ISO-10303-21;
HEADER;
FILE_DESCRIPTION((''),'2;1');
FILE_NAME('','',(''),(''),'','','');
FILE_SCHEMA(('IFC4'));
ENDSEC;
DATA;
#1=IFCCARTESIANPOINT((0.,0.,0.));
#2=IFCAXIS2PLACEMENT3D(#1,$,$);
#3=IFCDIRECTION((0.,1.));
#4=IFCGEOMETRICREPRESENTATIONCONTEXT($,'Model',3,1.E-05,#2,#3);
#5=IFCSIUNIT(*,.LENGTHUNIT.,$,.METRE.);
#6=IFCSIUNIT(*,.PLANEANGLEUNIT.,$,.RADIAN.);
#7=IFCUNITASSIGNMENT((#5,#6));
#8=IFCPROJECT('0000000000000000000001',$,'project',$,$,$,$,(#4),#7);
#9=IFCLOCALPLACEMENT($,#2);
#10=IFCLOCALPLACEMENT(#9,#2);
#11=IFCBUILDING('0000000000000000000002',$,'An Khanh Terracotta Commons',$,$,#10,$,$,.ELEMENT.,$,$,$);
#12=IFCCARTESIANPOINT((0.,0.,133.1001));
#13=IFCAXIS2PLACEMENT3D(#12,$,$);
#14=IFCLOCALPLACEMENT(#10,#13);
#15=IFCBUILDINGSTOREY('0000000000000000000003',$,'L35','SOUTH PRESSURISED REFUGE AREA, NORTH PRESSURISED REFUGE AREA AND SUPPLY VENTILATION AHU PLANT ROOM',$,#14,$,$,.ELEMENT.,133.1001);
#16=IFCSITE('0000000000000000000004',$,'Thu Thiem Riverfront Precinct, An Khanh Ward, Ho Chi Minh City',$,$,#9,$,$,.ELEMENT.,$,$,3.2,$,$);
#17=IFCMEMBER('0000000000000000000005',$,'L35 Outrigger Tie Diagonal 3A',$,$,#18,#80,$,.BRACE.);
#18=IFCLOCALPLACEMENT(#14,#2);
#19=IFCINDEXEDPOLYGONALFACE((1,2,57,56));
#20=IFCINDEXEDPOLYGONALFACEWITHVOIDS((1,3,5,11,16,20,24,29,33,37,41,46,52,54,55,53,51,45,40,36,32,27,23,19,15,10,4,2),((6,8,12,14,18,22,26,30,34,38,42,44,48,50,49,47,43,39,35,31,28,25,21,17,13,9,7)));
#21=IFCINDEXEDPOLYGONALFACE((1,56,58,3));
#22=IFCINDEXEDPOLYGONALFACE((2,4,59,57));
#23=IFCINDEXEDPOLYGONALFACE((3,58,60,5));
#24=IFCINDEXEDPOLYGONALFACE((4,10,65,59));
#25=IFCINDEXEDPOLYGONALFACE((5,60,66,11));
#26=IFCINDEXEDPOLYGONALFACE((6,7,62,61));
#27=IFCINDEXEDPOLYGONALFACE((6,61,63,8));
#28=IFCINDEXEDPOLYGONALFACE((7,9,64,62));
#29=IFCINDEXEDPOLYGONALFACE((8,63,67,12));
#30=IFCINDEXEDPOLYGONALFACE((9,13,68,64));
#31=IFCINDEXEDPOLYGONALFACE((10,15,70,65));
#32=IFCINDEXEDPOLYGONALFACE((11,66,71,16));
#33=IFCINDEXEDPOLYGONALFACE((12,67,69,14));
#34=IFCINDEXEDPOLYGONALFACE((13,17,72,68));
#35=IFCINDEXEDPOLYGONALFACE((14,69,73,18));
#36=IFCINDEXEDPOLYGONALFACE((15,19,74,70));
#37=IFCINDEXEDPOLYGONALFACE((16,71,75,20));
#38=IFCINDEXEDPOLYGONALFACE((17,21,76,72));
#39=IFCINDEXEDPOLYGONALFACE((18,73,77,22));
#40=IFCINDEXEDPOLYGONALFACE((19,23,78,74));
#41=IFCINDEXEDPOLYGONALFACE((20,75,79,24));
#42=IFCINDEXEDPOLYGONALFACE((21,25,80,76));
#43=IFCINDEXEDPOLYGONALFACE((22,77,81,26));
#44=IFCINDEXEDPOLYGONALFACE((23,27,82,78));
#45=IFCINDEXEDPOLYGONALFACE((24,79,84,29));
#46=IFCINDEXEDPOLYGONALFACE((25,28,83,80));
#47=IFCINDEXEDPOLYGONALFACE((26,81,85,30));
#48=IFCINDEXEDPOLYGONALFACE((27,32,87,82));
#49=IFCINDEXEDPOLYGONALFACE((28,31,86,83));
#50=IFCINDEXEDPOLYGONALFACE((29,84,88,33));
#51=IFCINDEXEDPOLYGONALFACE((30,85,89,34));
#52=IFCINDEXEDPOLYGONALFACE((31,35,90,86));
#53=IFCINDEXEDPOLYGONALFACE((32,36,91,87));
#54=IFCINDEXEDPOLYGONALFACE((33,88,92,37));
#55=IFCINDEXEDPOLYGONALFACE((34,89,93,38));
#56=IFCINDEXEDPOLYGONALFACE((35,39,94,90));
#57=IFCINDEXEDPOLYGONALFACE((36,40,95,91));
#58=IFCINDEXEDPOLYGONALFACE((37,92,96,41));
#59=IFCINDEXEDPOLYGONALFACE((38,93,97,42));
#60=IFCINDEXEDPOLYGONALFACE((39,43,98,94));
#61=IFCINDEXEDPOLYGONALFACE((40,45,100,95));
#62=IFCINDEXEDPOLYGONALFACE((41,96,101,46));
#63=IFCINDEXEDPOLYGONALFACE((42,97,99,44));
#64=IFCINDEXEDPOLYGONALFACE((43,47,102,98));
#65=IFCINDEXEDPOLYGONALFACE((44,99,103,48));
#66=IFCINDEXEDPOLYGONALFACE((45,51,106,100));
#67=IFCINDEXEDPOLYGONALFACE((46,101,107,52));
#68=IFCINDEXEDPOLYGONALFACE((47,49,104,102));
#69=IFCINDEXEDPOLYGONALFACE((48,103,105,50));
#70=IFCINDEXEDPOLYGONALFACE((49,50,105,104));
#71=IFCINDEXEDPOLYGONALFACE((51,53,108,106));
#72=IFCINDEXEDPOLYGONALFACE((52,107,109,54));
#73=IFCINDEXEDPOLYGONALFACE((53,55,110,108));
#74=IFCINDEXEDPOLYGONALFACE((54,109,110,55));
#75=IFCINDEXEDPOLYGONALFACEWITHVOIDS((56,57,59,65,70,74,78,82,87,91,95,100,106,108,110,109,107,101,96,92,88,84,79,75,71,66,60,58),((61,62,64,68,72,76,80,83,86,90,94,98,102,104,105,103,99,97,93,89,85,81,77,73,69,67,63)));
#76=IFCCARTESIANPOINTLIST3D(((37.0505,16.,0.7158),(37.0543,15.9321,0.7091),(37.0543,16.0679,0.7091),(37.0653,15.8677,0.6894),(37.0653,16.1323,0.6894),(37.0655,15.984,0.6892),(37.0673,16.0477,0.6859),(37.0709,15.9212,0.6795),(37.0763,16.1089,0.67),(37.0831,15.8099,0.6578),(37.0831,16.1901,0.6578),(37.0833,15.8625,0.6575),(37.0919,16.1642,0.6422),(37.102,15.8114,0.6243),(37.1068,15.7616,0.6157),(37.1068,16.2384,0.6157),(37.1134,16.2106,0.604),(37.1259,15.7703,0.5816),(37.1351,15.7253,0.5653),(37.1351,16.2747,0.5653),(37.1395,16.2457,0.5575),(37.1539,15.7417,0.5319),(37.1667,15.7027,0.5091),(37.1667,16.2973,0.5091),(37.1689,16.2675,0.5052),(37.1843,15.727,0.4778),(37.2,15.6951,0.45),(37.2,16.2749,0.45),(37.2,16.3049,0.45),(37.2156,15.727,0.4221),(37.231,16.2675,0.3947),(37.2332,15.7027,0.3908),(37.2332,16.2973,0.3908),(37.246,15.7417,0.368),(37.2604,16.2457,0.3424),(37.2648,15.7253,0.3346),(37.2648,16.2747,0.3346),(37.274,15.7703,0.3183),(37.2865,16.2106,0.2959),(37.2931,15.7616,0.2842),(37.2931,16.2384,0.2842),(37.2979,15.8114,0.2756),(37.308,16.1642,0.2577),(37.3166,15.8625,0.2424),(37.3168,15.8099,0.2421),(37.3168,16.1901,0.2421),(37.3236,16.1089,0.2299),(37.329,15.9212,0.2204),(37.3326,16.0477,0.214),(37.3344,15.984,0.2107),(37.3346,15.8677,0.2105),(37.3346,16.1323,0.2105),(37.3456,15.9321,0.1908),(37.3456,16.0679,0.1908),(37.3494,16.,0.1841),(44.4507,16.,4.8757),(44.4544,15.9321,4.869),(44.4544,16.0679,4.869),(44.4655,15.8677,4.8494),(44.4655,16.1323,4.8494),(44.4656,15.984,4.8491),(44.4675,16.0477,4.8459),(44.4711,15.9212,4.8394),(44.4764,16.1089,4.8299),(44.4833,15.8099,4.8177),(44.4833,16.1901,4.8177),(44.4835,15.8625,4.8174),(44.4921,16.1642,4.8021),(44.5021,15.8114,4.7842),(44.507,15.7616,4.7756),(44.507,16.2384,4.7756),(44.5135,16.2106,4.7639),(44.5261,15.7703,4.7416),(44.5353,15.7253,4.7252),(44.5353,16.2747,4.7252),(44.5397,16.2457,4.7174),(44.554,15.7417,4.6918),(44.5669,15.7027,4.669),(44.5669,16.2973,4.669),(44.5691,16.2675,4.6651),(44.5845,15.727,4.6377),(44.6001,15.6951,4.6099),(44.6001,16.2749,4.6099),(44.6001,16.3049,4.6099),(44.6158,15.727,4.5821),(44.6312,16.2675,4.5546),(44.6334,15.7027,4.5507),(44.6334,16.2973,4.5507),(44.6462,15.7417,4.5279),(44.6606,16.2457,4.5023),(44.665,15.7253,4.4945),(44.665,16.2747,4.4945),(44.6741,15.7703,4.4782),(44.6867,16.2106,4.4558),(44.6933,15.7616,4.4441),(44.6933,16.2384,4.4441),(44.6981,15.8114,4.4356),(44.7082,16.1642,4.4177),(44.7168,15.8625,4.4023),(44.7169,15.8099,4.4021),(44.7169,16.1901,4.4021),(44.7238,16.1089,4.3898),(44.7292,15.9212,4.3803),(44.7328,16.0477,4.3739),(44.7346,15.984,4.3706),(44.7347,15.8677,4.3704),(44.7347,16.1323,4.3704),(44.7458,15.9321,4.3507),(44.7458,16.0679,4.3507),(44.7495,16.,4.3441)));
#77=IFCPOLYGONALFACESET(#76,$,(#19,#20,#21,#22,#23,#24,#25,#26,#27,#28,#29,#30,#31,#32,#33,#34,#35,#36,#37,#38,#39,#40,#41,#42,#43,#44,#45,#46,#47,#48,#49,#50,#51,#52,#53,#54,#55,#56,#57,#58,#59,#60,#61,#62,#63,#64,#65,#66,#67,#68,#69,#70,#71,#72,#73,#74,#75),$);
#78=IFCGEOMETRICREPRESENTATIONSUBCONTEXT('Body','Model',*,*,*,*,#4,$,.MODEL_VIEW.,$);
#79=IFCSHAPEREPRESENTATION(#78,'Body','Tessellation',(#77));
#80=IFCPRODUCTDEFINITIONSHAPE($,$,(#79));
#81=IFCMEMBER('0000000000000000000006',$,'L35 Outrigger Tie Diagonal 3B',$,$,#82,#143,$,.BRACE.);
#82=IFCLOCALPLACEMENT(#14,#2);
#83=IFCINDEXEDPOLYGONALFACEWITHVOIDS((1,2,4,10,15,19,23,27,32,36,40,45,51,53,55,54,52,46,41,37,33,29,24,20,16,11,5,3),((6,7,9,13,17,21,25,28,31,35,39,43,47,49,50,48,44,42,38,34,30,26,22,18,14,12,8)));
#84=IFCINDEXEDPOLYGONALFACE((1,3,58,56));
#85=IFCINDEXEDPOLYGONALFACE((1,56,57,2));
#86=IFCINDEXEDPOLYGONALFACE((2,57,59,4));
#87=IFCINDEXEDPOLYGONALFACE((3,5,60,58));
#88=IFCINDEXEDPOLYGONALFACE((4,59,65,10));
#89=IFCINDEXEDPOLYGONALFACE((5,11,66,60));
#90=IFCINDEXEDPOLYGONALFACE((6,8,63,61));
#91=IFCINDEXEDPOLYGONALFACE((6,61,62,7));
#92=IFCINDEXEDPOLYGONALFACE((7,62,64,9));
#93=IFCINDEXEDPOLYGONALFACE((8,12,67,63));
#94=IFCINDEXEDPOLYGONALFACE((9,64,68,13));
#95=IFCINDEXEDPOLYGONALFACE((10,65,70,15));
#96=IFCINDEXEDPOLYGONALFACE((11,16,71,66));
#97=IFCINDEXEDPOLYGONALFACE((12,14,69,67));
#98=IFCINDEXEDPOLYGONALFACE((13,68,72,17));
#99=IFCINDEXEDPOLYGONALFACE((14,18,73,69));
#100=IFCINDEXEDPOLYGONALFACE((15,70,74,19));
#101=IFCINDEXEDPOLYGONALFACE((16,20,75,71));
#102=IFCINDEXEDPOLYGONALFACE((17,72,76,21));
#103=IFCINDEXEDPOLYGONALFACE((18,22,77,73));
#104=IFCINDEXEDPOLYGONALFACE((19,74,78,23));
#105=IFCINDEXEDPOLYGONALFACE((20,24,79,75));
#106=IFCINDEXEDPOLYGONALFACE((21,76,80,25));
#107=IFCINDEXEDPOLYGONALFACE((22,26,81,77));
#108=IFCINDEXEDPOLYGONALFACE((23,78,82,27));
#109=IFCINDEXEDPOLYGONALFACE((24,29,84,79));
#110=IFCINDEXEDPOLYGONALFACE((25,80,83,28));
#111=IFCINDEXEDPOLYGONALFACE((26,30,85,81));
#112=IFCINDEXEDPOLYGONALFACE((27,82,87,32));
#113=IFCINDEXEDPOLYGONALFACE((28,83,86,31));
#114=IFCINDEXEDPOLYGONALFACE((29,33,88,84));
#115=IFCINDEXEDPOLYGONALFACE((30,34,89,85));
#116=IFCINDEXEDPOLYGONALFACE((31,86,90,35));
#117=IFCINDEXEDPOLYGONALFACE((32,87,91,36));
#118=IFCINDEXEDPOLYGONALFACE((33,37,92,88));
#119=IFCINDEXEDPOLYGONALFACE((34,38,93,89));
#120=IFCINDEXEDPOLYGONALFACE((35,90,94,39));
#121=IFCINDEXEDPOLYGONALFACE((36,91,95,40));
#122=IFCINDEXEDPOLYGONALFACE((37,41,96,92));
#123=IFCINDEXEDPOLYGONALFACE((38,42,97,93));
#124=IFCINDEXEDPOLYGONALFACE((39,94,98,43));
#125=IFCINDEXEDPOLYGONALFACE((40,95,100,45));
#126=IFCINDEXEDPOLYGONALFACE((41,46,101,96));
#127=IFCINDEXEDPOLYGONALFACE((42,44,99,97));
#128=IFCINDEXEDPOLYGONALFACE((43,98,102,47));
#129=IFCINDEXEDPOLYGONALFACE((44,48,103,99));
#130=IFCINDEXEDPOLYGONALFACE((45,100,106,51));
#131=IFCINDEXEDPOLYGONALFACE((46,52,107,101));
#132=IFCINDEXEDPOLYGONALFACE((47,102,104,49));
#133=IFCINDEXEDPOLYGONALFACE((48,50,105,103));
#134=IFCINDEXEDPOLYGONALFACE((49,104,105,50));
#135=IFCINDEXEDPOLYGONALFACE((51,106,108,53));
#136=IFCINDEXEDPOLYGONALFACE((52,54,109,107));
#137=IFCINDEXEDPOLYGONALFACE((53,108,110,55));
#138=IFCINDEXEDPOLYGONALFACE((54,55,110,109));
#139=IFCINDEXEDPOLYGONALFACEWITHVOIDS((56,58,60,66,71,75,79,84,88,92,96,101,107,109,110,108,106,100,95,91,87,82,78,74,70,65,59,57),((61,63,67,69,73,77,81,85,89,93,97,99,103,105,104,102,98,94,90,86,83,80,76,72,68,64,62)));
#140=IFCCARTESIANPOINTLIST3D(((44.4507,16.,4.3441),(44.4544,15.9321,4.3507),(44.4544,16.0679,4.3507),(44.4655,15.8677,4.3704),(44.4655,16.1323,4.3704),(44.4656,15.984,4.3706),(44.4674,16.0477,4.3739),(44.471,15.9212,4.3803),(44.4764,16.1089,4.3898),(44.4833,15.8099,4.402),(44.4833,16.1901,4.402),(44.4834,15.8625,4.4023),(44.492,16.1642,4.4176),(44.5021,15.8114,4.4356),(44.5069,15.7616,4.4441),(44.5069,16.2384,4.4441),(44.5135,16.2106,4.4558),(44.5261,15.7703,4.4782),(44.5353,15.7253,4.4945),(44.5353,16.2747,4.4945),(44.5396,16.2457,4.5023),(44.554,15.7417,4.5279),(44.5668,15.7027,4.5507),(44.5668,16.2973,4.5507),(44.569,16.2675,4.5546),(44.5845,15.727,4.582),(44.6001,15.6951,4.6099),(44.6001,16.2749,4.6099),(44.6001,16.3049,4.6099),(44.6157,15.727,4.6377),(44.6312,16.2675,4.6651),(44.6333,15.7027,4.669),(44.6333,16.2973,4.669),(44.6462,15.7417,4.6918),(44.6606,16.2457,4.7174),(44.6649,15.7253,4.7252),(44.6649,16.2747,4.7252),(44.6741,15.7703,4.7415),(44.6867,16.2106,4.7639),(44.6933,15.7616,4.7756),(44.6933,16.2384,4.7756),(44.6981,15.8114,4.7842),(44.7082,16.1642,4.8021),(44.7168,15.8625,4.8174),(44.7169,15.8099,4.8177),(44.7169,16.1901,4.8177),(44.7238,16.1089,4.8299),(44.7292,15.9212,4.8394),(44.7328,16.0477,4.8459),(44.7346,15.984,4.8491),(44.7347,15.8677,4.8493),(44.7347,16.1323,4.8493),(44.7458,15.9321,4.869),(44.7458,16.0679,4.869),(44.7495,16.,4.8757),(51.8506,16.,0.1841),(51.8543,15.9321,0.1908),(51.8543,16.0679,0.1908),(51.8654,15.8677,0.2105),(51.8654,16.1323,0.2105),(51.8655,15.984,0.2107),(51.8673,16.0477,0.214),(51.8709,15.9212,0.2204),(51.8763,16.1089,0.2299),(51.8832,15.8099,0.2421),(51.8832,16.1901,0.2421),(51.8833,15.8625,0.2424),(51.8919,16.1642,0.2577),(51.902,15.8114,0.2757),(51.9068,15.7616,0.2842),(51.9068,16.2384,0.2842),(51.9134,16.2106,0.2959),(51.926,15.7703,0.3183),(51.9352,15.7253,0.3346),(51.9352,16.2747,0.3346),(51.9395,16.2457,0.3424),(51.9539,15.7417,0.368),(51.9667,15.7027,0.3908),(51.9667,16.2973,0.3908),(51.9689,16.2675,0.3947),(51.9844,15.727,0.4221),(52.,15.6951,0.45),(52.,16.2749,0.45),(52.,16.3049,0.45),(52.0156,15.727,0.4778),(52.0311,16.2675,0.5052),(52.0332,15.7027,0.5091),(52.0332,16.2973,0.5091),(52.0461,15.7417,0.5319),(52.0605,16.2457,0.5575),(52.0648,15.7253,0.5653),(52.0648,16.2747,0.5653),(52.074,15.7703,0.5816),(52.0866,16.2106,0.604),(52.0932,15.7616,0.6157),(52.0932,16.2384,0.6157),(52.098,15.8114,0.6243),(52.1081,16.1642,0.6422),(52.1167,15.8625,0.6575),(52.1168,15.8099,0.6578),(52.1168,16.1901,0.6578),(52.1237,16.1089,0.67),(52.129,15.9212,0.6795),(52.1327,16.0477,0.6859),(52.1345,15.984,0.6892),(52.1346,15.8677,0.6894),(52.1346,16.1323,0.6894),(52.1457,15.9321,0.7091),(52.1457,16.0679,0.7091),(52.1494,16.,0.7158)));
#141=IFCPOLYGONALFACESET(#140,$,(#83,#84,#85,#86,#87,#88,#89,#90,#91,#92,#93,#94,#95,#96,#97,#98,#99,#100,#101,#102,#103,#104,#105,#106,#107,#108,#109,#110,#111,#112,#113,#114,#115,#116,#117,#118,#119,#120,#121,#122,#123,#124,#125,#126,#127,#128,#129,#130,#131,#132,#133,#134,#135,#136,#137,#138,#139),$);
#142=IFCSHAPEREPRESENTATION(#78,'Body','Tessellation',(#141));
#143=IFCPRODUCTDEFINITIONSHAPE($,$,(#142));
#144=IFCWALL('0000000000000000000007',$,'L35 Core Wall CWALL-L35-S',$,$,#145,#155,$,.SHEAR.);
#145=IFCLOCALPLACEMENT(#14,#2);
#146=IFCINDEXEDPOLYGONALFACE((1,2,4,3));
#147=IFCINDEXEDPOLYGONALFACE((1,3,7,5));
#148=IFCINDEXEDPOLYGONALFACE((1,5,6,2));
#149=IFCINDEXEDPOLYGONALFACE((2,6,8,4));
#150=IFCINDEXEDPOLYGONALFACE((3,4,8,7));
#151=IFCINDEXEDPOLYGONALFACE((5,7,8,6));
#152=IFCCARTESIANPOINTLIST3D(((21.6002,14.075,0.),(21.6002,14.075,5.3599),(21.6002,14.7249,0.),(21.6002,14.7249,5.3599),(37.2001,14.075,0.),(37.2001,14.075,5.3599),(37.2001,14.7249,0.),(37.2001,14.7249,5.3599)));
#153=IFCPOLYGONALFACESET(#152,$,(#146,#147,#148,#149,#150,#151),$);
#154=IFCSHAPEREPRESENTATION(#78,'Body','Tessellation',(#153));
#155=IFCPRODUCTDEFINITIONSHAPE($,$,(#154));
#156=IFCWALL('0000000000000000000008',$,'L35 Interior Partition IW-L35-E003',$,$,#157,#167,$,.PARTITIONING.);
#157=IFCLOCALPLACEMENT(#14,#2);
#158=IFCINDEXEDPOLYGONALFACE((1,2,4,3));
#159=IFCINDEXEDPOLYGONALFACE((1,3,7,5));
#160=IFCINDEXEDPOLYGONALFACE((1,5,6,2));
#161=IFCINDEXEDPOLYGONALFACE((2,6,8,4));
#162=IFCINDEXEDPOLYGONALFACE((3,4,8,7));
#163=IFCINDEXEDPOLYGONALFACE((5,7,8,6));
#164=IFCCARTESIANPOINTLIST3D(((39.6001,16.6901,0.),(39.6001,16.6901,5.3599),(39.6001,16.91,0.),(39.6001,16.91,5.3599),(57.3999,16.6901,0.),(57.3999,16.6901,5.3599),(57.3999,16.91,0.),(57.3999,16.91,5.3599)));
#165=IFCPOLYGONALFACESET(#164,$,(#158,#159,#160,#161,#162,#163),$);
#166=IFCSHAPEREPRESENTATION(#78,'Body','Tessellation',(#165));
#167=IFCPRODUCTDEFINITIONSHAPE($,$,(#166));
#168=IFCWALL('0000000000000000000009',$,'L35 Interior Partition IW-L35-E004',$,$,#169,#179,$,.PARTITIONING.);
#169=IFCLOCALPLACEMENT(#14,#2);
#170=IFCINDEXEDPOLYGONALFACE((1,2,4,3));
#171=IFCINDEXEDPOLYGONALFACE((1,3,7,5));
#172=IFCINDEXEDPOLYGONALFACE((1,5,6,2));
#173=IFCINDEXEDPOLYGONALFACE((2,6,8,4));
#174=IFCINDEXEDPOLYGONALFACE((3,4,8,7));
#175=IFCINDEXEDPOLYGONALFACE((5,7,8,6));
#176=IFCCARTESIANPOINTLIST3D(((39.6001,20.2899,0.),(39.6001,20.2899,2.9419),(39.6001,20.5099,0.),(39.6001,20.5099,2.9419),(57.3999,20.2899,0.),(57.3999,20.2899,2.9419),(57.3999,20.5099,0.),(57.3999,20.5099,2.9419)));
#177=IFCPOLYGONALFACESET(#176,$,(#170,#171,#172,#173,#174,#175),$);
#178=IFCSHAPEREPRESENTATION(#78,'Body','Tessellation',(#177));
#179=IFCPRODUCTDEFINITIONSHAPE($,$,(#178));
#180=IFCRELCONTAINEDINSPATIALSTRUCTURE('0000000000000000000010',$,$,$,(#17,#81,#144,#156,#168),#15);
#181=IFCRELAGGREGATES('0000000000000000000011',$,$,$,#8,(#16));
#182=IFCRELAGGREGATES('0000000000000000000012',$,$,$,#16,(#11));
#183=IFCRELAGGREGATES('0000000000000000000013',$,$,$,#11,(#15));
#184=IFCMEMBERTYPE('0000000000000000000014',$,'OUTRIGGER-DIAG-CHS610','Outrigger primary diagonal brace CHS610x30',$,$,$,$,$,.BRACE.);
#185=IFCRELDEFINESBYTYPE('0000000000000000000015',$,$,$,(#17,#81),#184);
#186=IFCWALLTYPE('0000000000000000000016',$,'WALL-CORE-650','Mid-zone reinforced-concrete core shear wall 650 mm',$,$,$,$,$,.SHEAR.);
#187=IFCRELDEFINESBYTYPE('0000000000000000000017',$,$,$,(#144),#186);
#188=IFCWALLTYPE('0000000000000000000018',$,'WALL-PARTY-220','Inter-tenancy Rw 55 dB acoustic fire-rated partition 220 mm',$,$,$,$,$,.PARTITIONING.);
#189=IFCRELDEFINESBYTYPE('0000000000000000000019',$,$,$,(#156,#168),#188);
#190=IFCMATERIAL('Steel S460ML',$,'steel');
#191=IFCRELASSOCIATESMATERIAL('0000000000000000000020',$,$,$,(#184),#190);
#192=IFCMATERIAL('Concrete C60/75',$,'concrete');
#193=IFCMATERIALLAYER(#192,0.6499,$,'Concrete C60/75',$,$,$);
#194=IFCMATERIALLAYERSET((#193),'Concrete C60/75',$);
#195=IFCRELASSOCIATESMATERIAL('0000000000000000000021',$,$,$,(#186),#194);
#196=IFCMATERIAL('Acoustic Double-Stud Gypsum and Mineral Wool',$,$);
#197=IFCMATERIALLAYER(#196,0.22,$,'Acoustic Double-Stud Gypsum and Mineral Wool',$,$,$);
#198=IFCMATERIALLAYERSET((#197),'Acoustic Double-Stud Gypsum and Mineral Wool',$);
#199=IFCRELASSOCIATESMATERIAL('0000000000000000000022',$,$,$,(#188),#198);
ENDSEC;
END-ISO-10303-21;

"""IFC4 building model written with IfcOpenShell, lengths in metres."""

from ifc_helpers import new_model, si_unit, direction, frame, frame_2d, origin, origin_2d, place, context, subcontext, project, spatial, rectangle, hollow_circle, extrude, material, layer, layer_set, material_profile, profile_set, type_object, element, save


model = new_model("IFC4")

# Units and contexts
model_context = context("Model", 3, precision=1e-05, world=origin(), true_north=direction((0.0, 1.0)))
body_context = subcontext(model_context, "Body", "Model", "MODEL_VIEW")
ifc_project = project(units=[si_unit("LENGTHUNIT", "METRE"), si_unit("PLANEANGLEUNIT", "RADIAN")], contexts=[model_context])

# Site, building, storey
site_placement = place(None, origin())
site = spatial("IfcSite", under=ifc_project, at=site_placement, Name="Thu Thiem Riverfront Precinct, An Khanh Ward, Ho Chi Minh City", CompositionType="ELEMENT", RefElevation=3.2)
building_placement = place(site_placement, origin())
building = spatial("IfcBuilding", under=site, at=building_placement, Name="An Khanh Terracotta Commons", CompositionType="ELEMENT")
storey_placement = place(building_placement, frame((0.0, 0.0, 133.1001)))
storey = spatial("IfcBuildingStorey", under=building, at=storey_placement, Name="L35", Description="SOUTH PRESSURISED REFUGE AREA, NORTH PRESSURISED REFUGE AREA AND SUPPLY VENTILATION AHU PLANT ROOM", CompositionType="ELEMENT", Elevation=133.1001)

# Shared definitions
ifc_material_1 = material(Name="Steel S460ML", Category="steel")

# Shared definitions
ifc_material_2 = material(Name="Concrete C60/75", Category="concrete")

# Members
ifc_material_profile_1 = material_profile(ifc_material_1, hollow_circle(Radius=0.3049, WallThickness=0.03, at=origin_2d()), Name="CHS610x30")
ifc_profile_set_1 = profile_set([ifc_material_profile_1], Name="Steel S460ML")
member_type_1 = type_object("IfcMemberType", Name="OUTRIGGER-DIAG-CHS610", Description="Outrigger primary diagonal brace CHS610x30", PredefinedType="BRACE", material=ifc_profile_set_1)
member_1_placement = place(storey_placement, frame((37.2, 16.0, 0.45), z_axis=(0.87171, 0.0, 0.490022), x_axis=(0.0, 1.0, 0.0)))
element("IfcMember", 1, at=member_1_placement, inside=storey, type_object=member_type_1, Name="L35 Outrigger Tie Diagonal 3A", PredefinedType="BRACE", context=body_context, shape_type="SweptSolid", body=[
    extrude(hollow_circle(Radius=0.3049, WallThickness=0.03, at=origin_2d()), origin(), (0.0, 0.0, 1.0), 8.4893),
])
member_2_placement = place(storey_placement, frame((44.6001, 16.0, 4.6099), z_axis=(0.871703, 0.0, -0.490035), x_axis=(0.0, 1.0, 0.0)))
element("IfcMember", 2, at=member_2_placement, inside=storey, type_object=member_type_1, Name="L35 Outrigger Tie Diagonal 3B", PredefinedType="BRACE", context=body_context, shape_type="SweptSolid", body=[
    extrude(hollow_circle(Radius=0.3049, WallThickness=0.03, at=origin_2d()), origin(), (0.0, 0.0, 1.0), 8.489),
])

# Wall
ifc_layer_1 = layer(ifc_material_2, 0.6499, Name="Concrete C60/75")
ifc_layer_set_1 = layer_set([ifc_layer_1], Name="Concrete C60/75")
wall_type_1 = type_object("IfcWallType", Name="WALL-CORE-650", Description="Mid-zone reinforced-concrete core shear wall 650 mm", PredefinedType="SHEAR", material=ifc_layer_set_1)
wall_1_placement = place(storey_placement, frame((37.2, 14.3999, 0.0), z_axis=(0.0, 0.0, 1.0), x_axis=(-1.0, 0.0, 0.0)))
element("IfcWall", 3, at=wall_1_placement, inside=storey, type_object=wall_type_1, Name="L35 Core Wall CWALL-L35-S", PredefinedType="SHEAR", context=body_context, shape_type="SweptSolid", body=[
    extrude(rectangle(XDim=15.5999, YDim=0.6499, at=frame_2d((7.7998, 0.0))), origin(), (0.0, 0.0, 1.0), 5.3599),
])

# Walls
ifc_material_3 = material(Name="Acoustic Double-Stud Gypsum and Mineral Wool")
ifc_layer_2 = layer(ifc_material_3, 0.22, Name="Acoustic Double-Stud Gypsum and Mineral Wool")
ifc_layer_set_2 = layer_set([ifc_layer_2], Name="Acoustic Double-Stud Gypsum and Mineral Wool")
wall_type_2 = type_object("IfcWallType", Name="WALL-PARTY-220", Description="Inter-tenancy Rw 55 dB acoustic fire-rated partition 220 mm", PredefinedType="PARTITIONING", material=ifc_layer_set_2)
wall_2_placement = place(storey_placement, frame((39.6001, 16.8, 0.0), z_axis=(0.0, 0.0, 1.0), x_axis=(1.0, 0.0, 0.0)))
element("IfcWall", 4, at=wall_2_placement, inside=storey, type_object=wall_type_2, Name="L35 Interior Partition IW-L35-E003", PredefinedType="PARTITIONING", context=body_context, shape_type="SweptSolid", body=[
    extrude(rectangle(XDim=17.7998, YDim=0.22, at=frame_2d((8.8999, 0.0))), origin(), (0.0, 0.0, 1.0), 5.3599),
])
wall_3_placement = place(storey_placement, frame((39.6001, 20.3999, 0.0), z_axis=(0.0, 0.0, 1.0), x_axis=(1.0, 0.0, 0.0)))
element("IfcWall", 5, at=wall_3_placement, inside=storey, type_object=wall_type_2, Name="L35 Interior Partition IW-L35-E004", PredefinedType="PARTITIONING", context=body_context, shape_type="SweptSolid", body=[
    extrude(rectangle(XDim=17.7998, YDim=0.22, at=frame_2d((8.8999, 0.0))), origin(), (0.0, 0.0, 1.0), 2.9419),
])

save(model, "model.ifc")
